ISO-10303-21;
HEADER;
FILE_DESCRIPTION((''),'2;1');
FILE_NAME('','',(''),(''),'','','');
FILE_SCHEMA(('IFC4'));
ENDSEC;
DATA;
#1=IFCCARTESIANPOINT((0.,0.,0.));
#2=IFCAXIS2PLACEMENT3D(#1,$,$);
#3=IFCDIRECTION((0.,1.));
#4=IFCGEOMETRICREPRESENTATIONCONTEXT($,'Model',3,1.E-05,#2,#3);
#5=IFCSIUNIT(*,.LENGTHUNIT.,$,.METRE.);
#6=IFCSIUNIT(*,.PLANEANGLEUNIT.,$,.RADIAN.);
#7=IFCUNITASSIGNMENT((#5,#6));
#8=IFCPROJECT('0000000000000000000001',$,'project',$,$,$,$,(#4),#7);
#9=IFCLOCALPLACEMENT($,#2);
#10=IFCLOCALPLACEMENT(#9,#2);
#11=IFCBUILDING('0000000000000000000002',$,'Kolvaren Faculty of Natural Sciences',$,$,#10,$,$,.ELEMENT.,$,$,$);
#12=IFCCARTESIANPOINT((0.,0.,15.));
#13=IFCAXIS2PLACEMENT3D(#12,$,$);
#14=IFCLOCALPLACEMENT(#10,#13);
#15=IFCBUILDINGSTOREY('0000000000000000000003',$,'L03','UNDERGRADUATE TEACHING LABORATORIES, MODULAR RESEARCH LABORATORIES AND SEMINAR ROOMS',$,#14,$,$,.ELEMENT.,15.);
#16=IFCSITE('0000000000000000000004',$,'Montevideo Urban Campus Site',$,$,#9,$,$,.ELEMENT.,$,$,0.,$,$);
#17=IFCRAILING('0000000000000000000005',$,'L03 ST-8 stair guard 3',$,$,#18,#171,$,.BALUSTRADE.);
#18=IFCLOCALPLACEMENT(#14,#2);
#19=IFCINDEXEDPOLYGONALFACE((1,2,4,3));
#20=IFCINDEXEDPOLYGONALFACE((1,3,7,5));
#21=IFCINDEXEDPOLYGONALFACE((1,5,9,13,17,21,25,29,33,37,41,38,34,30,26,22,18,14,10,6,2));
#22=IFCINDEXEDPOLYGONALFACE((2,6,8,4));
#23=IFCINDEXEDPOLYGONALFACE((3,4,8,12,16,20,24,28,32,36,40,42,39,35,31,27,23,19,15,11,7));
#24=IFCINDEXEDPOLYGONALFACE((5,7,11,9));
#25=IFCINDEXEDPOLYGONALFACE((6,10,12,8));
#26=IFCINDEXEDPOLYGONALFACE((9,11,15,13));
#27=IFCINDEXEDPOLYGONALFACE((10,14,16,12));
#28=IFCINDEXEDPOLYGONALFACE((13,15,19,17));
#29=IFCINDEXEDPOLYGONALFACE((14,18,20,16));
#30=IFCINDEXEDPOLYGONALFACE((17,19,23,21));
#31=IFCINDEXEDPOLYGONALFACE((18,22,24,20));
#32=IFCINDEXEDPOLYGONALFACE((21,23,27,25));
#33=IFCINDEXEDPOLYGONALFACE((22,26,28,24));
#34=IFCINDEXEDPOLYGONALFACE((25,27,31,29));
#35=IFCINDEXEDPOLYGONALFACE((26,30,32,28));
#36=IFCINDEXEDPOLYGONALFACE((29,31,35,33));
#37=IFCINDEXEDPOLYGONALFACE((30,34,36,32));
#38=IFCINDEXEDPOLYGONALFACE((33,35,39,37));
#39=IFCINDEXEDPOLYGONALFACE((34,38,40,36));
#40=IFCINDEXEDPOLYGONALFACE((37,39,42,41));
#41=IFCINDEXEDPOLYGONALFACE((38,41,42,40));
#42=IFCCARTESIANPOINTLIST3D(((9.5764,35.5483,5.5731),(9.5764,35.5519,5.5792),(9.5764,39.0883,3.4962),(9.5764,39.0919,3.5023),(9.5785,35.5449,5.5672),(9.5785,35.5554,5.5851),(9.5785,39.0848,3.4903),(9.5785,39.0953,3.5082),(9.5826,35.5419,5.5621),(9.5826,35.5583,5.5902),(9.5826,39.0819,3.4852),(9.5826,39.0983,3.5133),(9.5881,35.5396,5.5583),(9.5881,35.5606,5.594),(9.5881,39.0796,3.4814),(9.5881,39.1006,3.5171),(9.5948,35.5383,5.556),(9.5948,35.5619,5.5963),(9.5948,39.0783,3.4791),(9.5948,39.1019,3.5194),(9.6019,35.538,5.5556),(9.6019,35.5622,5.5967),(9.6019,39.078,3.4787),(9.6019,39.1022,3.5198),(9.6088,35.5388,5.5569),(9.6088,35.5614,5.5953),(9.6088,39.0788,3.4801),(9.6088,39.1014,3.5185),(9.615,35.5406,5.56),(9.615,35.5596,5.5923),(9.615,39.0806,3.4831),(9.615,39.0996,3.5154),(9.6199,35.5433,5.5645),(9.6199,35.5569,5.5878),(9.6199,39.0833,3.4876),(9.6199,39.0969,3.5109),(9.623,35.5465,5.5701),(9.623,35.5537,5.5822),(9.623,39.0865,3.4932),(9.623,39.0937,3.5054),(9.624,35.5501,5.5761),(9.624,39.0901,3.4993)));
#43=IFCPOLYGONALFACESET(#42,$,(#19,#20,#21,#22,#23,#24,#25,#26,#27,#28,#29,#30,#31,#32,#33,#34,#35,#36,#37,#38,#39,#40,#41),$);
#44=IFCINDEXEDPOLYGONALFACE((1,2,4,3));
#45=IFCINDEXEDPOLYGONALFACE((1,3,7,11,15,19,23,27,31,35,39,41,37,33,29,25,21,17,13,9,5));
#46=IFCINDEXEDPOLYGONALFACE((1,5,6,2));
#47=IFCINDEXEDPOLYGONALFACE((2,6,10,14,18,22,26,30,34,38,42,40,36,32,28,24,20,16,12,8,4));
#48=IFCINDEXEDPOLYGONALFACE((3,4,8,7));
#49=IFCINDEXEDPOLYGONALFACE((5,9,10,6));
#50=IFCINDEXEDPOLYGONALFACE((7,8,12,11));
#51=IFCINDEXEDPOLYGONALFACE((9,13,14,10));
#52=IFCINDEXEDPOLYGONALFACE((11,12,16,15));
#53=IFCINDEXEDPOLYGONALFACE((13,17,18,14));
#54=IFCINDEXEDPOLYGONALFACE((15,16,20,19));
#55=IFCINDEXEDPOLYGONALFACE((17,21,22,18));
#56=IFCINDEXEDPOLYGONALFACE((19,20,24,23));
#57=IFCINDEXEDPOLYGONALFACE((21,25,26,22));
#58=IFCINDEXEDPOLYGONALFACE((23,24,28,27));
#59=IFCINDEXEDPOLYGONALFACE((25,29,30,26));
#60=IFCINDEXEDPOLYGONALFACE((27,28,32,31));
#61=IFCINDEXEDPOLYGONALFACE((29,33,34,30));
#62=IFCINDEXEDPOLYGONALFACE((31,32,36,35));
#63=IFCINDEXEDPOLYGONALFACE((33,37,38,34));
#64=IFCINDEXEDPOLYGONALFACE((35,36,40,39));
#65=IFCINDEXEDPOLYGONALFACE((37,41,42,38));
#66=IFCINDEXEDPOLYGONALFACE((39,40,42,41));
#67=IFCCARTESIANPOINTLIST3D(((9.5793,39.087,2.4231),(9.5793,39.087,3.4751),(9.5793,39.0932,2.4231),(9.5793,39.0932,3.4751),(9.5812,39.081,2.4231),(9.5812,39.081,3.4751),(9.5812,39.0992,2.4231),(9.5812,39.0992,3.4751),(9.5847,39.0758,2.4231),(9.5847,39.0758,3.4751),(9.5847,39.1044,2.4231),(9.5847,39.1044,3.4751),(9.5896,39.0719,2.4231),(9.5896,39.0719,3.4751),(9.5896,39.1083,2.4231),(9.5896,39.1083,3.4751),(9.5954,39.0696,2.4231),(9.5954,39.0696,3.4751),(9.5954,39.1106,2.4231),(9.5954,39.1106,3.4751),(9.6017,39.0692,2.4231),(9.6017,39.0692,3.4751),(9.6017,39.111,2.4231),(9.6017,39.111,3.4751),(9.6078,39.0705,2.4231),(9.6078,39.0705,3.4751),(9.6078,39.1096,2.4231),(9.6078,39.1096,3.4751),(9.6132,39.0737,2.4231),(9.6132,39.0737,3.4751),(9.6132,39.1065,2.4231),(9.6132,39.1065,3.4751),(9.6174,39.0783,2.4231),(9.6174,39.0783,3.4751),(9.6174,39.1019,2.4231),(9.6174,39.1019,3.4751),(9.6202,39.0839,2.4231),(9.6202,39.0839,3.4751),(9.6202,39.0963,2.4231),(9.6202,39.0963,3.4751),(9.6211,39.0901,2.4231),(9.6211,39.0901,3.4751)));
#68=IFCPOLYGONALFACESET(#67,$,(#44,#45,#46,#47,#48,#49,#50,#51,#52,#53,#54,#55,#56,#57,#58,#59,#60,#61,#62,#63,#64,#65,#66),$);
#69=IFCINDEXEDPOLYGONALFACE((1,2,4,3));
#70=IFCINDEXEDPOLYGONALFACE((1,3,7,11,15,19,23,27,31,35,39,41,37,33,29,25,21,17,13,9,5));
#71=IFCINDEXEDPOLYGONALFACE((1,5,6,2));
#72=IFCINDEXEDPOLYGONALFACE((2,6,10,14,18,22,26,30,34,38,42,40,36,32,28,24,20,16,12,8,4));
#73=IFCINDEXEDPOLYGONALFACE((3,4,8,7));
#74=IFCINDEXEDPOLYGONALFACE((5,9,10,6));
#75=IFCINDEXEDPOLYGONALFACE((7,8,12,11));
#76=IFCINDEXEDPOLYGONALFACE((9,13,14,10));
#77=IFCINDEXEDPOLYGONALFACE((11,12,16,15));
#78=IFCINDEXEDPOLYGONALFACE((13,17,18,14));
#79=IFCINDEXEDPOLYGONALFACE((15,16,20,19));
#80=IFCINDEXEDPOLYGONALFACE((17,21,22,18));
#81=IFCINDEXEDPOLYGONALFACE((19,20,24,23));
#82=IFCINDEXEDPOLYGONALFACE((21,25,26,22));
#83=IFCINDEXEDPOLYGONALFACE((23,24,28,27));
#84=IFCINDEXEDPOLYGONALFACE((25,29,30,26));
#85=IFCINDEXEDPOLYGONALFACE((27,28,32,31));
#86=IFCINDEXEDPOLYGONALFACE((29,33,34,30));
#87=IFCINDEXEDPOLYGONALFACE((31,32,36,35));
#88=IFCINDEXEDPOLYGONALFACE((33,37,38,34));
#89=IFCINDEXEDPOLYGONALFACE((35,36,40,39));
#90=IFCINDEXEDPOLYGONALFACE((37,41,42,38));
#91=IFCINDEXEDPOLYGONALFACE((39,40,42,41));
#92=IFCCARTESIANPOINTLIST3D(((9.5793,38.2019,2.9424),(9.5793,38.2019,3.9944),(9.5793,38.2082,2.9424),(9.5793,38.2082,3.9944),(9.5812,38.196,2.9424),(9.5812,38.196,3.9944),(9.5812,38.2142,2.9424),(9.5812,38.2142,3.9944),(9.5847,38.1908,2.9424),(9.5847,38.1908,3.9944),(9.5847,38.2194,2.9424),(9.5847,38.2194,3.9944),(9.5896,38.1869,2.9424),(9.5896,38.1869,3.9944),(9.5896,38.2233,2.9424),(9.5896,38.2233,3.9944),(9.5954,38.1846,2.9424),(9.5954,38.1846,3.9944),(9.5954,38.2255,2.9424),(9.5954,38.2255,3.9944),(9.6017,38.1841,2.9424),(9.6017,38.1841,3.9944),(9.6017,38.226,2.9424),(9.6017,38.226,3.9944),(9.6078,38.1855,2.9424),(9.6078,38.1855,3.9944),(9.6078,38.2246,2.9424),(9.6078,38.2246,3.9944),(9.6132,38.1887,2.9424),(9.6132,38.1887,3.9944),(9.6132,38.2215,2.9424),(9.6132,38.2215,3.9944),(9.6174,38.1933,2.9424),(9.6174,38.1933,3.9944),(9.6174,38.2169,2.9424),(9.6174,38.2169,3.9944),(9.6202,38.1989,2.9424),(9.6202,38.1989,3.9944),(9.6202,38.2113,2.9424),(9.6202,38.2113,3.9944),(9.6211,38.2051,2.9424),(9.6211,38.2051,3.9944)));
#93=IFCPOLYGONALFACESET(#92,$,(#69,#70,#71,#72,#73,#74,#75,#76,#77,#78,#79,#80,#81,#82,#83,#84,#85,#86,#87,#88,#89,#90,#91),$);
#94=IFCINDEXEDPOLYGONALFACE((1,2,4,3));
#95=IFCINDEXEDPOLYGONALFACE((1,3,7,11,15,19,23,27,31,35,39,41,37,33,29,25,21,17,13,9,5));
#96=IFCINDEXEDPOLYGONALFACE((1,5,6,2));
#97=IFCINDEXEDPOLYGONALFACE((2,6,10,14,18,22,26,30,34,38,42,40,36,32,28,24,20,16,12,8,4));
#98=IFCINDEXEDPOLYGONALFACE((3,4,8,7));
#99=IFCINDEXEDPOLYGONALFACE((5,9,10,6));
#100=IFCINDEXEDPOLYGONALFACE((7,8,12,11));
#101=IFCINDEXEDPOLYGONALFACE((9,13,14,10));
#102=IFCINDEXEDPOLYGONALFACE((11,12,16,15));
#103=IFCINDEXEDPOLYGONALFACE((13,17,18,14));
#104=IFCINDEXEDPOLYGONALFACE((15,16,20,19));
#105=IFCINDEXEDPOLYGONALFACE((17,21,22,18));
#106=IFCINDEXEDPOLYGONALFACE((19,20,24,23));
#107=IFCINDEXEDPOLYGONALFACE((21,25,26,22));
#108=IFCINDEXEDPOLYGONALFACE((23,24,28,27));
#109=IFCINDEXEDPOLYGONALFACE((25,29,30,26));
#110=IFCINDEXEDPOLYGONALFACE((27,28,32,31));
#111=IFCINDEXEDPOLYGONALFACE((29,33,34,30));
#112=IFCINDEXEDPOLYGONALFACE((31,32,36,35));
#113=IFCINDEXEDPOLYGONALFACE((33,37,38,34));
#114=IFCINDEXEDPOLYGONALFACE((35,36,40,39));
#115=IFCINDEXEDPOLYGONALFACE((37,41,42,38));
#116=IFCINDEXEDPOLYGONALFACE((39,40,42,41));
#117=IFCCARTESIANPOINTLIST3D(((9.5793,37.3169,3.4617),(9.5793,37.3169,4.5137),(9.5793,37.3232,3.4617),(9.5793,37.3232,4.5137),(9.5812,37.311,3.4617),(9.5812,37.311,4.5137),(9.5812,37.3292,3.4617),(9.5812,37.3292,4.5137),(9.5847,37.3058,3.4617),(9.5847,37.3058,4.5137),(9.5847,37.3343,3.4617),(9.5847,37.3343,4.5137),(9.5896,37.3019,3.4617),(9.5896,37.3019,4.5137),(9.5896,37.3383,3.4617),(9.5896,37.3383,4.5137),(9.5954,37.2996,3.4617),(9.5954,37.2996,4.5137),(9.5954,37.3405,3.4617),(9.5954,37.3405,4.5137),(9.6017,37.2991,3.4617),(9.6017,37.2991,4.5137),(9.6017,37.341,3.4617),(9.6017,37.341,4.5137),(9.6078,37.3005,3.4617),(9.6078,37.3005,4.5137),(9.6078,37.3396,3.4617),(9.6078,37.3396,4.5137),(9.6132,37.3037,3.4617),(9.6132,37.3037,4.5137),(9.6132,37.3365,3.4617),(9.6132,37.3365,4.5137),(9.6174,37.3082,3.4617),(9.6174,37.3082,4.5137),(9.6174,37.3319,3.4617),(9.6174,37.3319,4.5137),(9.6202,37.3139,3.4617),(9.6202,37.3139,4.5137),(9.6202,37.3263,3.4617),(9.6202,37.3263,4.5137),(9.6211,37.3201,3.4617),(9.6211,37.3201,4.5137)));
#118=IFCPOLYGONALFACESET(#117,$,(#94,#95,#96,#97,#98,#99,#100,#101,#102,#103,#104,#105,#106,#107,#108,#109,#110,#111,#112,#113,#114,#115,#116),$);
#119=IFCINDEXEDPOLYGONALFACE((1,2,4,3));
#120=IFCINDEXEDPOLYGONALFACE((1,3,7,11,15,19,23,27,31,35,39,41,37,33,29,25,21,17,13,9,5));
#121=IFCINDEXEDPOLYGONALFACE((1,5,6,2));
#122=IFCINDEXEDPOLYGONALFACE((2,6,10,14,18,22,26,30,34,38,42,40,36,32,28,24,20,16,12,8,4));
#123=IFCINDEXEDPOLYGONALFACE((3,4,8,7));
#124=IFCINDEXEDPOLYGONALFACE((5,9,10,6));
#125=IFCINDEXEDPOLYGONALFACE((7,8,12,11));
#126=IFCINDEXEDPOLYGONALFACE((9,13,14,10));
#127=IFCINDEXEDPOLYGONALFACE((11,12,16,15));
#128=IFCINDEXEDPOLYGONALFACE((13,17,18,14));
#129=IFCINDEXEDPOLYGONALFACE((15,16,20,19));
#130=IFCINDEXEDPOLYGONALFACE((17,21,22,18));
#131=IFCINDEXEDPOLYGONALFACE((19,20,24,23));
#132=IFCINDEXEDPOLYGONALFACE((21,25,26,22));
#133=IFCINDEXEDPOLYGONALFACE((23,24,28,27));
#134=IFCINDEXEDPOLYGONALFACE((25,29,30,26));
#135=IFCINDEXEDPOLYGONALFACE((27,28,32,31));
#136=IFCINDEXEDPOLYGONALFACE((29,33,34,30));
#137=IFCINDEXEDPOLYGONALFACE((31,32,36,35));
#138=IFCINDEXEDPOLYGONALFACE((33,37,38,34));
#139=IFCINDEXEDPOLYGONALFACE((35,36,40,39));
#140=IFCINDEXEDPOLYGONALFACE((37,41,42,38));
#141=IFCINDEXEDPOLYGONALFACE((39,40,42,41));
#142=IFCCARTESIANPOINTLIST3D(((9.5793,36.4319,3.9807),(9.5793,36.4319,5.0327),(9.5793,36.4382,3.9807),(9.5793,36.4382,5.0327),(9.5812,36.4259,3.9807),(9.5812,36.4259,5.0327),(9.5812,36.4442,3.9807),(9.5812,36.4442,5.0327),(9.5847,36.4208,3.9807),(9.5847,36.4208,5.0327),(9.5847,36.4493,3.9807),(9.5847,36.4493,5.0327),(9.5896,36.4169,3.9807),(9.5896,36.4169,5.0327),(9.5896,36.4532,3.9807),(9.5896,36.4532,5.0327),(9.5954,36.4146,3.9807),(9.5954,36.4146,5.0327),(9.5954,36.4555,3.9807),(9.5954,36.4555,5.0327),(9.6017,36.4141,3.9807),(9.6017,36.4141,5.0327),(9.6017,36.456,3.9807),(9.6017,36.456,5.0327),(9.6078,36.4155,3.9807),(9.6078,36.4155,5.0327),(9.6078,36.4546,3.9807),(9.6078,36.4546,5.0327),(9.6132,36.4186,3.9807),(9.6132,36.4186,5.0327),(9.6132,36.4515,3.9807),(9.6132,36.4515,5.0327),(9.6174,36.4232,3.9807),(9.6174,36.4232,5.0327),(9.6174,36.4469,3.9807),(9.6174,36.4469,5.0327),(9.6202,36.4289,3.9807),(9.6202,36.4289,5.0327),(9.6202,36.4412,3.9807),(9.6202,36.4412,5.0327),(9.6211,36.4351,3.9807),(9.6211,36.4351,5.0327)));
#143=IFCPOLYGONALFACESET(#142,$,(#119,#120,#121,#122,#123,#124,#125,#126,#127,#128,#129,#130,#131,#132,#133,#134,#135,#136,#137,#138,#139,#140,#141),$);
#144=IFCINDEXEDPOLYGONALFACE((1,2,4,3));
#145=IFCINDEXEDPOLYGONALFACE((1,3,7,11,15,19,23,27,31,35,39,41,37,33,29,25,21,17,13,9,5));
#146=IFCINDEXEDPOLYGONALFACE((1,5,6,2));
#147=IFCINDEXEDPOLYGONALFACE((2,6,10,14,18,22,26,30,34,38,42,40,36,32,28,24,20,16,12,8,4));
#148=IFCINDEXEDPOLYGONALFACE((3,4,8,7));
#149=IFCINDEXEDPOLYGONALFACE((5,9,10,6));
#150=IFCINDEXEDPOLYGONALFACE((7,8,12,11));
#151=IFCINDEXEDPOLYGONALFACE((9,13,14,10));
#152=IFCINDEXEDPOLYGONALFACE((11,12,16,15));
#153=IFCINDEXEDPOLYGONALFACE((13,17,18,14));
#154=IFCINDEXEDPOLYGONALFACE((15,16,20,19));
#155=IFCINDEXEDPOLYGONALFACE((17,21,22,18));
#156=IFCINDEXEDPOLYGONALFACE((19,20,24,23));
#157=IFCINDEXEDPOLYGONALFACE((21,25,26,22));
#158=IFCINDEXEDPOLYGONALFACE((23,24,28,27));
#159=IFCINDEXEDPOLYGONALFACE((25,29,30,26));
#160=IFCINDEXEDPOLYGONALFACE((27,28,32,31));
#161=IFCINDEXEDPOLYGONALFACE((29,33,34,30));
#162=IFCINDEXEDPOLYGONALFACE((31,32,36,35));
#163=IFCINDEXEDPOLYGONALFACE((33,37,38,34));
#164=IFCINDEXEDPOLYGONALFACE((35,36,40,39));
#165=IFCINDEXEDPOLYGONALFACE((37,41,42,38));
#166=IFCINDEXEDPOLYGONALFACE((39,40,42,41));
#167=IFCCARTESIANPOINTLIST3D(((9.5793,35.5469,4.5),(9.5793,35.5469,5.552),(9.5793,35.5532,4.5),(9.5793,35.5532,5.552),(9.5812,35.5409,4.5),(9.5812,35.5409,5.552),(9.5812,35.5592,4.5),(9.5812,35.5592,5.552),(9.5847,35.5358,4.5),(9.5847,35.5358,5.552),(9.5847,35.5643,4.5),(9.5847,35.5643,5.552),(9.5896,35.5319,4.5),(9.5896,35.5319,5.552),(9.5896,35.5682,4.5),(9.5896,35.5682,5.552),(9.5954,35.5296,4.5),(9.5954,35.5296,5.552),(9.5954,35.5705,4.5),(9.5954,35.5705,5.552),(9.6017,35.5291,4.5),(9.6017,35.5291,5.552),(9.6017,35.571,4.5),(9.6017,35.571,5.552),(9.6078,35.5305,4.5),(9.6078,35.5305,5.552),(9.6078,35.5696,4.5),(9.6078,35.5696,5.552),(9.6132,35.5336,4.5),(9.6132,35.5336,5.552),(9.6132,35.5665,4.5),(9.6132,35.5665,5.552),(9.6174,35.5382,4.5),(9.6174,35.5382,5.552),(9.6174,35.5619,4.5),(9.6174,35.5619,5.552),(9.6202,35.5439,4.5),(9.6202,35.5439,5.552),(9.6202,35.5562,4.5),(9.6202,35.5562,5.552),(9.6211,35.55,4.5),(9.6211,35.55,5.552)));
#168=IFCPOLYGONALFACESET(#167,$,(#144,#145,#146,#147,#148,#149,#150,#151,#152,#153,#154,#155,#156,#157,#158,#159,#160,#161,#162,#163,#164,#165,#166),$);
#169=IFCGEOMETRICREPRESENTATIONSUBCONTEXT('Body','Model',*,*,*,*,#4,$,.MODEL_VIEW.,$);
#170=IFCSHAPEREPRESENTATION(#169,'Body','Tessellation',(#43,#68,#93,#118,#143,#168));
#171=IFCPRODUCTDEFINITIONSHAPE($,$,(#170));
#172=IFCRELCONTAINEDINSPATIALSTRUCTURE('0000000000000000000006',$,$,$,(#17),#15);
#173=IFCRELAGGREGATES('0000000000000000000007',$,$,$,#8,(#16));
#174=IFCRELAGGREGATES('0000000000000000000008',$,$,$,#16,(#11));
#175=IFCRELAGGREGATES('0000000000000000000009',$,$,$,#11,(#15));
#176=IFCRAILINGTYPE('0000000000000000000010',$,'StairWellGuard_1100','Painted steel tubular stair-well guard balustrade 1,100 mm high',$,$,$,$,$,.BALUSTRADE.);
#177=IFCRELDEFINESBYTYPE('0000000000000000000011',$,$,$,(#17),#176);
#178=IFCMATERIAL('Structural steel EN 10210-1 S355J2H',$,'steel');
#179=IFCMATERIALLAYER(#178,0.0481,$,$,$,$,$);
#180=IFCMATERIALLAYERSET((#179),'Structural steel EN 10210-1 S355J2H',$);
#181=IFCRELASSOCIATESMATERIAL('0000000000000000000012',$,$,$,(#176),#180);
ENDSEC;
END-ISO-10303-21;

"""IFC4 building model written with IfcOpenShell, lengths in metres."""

from ifc_helpers import new_model, si_unit, direction, frame, origin, origin_2d, place, context, subcontext, project, spatial, circle, extrude, material, layer, layer_set, type_object, element, save


model = new_model("IFC4")

# Units and contexts
model_context = context("Model", 3, precision=1e-05, world=origin(), true_north=direction((0.0, 1.0)))
body_context = subcontext(model_context, "Body", "Model", "MODEL_VIEW")
ifc_project = project(units=[si_unit("LENGTHUNIT", "METRE"), si_unit("PLANEANGLEUNIT", "RADIAN")], contexts=[model_context])

# Site, building, storey
site_placement = place(None, origin())
site = spatial("IfcSite", under=ifc_project, at=site_placement, Name="Montevideo Urban Campus Site", CompositionType="ELEMENT", RefElevation=0.0)
building_placement = place(site_placement, origin())
building = spatial("IfcBuilding", under=site, at=building_placement, Name="Kolvaren Faculty of Natural Sciences", CompositionType="ELEMENT")
storey_placement = place(building_placement, frame((0.0, 0.0, 15.0)))
storey = spatial("IfcBuildingStorey", under=building, at=storey_placement, Name="L03", Description="UNDERGRADUATE TEACHING LABORATORIES, MODULAR RESEARCH LABORATORIES AND SEMINAR ROOMS", CompositionType="ELEMENT", Elevation=15.0)

# Railing
ifc_material_1 = material(Name="Structural steel EN 10210-1 S355J2H", Category="steel")
ifc_layer_1 = layer(ifc_material_1, 0.0481)
ifc_layer_set_1 = layer_set([ifc_layer_1], Name="Structural steel EN 10210-1 S355J2H")
railing_type_1 = type_object("IfcRailingType", Name="StairWellGuard_1100", Description="Painted steel tubular stair-well guard balustrade 1,100 mm high", PredefinedType="BALUSTRADE", material=ifc_layer_set_1)
railing_1_placement = place(storey_placement, frame((9.6001, 39.0901, 2.4231)))
element("IfcRailing", 1, at=railing_1_placement, inside=storey, type_object=railing_type_1, Name="L03 ST-8 stair guard 3", PredefinedType="BALUSTRADE", context=body_context, shape_type="SweptSolid", body=[
    extrude(circle(Radius=0.0239, at=origin_2d()), frame((0.0, 0.0, 1.0762), z_axis=(0.0, -0.862516, 0.506029), x_axis=(1.0, 0.0, 0.0)), (0.0, 0.0, 1.0), 4.1042),
    extrude(circle(Radius=0.021, at=origin_2d()), origin(), (0.0, 0.0, 1.0), 1.052),
    extrude(circle(Radius=0.021, at=origin_2d()), frame((0.0, -0.885, 0.5193)), (0.0, 0.0, 1.0), 1.052),
    extrude(circle(Radius=0.021, at=origin_2d()), frame((0.0, -1.77, 1.0386)), (0.0, 0.0, 1.0), 1.052),
    extrude(circle(Radius=0.021, at=origin_2d()), frame((0.0, -2.655, 1.5576)), (0.0, 0.0, 1.0), 1.052),
    extrude(circle(Radius=0.021, at=origin_2d()), frame((0.0, -3.54, 2.0769)), (0.0, 0.0, 1.0), 1.052),
])

save(model, "model.ifc")
